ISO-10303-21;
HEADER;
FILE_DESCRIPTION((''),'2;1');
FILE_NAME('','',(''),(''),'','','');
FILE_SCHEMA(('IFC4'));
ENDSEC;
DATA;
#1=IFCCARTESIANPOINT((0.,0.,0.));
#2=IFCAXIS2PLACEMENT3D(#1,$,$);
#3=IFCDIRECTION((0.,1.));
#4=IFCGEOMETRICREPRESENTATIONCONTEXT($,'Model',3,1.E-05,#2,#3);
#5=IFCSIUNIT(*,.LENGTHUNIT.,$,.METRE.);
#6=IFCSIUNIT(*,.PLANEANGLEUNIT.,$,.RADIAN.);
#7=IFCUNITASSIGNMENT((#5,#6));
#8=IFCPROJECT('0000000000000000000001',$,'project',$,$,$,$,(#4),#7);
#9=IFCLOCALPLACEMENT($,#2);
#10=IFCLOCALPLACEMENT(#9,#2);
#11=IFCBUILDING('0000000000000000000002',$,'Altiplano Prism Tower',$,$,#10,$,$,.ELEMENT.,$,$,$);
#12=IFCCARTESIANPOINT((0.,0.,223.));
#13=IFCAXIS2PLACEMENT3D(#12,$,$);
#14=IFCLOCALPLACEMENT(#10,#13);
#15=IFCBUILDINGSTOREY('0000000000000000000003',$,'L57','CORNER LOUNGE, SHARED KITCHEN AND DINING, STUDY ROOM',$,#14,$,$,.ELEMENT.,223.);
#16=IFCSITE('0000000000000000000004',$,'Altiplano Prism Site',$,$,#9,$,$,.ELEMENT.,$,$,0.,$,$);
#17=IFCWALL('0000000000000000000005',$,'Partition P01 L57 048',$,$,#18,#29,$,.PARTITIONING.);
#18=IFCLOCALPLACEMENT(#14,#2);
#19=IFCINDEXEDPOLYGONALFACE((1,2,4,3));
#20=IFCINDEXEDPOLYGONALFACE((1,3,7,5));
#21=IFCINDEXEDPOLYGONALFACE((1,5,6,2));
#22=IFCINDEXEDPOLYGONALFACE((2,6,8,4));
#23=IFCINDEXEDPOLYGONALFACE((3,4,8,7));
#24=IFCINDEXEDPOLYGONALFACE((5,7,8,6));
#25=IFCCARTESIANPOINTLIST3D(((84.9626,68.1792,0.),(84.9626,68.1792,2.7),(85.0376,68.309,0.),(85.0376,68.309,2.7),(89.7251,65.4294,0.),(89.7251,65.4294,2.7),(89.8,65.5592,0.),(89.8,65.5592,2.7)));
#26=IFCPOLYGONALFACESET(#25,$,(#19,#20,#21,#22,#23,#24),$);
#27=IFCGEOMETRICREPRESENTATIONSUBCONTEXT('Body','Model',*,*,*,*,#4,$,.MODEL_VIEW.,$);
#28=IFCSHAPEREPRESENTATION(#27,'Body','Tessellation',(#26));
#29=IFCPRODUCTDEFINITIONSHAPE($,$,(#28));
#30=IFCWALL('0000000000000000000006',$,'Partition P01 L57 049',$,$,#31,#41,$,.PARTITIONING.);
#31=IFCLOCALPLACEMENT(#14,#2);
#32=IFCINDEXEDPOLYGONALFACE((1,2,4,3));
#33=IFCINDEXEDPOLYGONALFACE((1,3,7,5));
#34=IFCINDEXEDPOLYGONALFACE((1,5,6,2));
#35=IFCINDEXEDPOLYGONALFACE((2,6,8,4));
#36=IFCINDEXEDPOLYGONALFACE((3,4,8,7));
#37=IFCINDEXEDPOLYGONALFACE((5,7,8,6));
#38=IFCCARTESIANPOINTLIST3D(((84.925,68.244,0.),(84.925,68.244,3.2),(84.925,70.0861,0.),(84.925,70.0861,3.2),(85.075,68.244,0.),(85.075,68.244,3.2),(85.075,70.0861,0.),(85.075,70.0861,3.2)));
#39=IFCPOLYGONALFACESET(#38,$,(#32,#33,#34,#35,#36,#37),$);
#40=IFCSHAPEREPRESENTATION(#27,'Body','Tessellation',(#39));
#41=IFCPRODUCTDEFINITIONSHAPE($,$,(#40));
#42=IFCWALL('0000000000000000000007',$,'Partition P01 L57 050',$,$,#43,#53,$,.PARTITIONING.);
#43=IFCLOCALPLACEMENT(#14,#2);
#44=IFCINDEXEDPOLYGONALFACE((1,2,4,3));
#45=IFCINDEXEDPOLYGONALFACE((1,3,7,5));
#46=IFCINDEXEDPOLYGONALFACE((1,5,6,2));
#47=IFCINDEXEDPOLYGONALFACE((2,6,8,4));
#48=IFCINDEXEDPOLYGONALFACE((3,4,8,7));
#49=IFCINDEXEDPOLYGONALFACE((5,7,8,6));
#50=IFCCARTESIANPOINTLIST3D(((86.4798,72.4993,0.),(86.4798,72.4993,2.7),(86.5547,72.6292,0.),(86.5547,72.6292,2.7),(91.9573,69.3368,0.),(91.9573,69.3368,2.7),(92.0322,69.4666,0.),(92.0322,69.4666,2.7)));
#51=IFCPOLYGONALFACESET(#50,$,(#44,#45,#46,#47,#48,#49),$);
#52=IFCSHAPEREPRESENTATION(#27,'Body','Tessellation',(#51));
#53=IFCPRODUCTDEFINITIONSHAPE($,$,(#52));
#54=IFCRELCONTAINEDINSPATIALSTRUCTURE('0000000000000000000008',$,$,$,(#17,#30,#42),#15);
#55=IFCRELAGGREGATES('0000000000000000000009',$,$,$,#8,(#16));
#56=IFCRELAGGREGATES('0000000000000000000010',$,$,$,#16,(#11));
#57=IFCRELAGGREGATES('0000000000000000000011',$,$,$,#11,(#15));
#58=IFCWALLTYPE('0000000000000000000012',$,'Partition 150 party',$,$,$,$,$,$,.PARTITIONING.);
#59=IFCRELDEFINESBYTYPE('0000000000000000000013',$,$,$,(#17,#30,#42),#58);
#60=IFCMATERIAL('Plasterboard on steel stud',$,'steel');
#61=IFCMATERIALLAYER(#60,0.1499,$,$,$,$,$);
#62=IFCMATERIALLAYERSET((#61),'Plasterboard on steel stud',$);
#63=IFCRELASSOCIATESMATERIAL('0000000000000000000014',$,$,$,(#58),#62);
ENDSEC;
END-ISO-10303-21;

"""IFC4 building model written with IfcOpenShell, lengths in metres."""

from ifc_helpers import new_model, si_unit, direction, frame, frame_2d, origin, place, context, subcontext, project, spatial, rectangle, extrude, material, layer, layer_set, type_object, element, save


model = new_model("IFC4")

# Units and contexts
model_context = context("Model", 3, precision=1e-05, world=origin(), true_north=direction((0.0, 1.0)))
body_context = subcontext(model_context, "Body", "Model", "MODEL_VIEW")
ifc_project = project(units=[si_unit("LENGTHUNIT", "METRE"), si_unit("PLANEANGLEUNIT", "RADIAN")], contexts=[model_context])

# Site, building, storey
site_placement = place(None, origin())
site = spatial("IfcSite", under=ifc_project, at=site_placement, Name="Altiplano Prism Site", CompositionType="ELEMENT", RefElevation=0.0)
building_placement = place(site_placement, origin())
building = spatial("IfcBuilding", under=site, at=building_placement, Name="Altiplano Prism Tower", CompositionType="ELEMENT")
storey_placement = place(building_placement, frame((0.0, 0.0, 223.0)))
storey = spatial("IfcBuildingStorey", under=building, at=storey_placement, Name="L57", Description="CORNER LOUNGE, SHARED KITCHEN AND DINING, STUDY ROOM", CompositionType="ELEMENT", Elevation=223.0)

# Walls
ifc_material_1 = material(Name="Plasterboard on steel stud", Category="steel")
ifc_layer_1 = layer(ifc_material_1, 0.1499)
ifc_layer_set_1 = layer_set([ifc_layer_1], Name="Plasterboard on steel stud")
wall_type = type_object("IfcWallType", Name="Partition 150 party", PredefinedType="PARTITIONING", material=ifc_layer_set_1)
wall_1_placement = place(storey_placement, frame((89.7625, 65.4944, 0.0), z_axis=(0.0, 0.0, 1.0), x_axis=(-0.866013, 0.500021, 0.0)))
element("IfcWall", 1, at=wall_1_placement, inside=storey, type_object=wall_type, Name="Partition P01 L57 048", PredefinedType="PARTITIONING", context=body_context, shape_type="SweptSolid", body=[
    extrude(rectangle(XDim=5.4993, YDim=0.1499, at=frame_2d((2.7495, 0.0))), origin(), (0.0, 0.0, 1.0), 2.7),
])
wall_2_placement = place(storey_placement, frame((85.0, 68.2441, 0.0), z_axis=(0.0, 0.0, 1.0), x_axis=(0.0, 1.0, 0.0)))
element("IfcWall", 2, at=wall_2_placement, inside=storey, type_object=wall_type, Name="Partition P01 L57 049", PredefinedType="PARTITIONING", context=body_context, shape_type="SweptSolid", body=[
    extrude(rectangle(XDim=1.842, YDim=0.1499, at=frame_2d((0.9209, 0.0))), origin(), (0.0, 0.0, 1.0), 3.2),
])
wall_3_placement = place(storey_placement, frame((91.9949, 69.4016, 0.0), z_axis=(0.0, 0.0, 1.0), x_axis=(-0.866016, 0.500016, 0.0)))
element("IfcWall", 3, at=wall_3_placement, inside=storey, type_object=wall_type, Name="Partition P01 L57 050", PredefinedType="PARTITIONING", context=body_context, shape_type="SweptSolid", body=[
    extrude(rectangle(XDim=6.325, YDim=0.1499, at=frame_2d((3.1626, 0.0))), origin(), (0.0, 0.0, 1.0), 2.7),
])

save(model, "model.ifc")
